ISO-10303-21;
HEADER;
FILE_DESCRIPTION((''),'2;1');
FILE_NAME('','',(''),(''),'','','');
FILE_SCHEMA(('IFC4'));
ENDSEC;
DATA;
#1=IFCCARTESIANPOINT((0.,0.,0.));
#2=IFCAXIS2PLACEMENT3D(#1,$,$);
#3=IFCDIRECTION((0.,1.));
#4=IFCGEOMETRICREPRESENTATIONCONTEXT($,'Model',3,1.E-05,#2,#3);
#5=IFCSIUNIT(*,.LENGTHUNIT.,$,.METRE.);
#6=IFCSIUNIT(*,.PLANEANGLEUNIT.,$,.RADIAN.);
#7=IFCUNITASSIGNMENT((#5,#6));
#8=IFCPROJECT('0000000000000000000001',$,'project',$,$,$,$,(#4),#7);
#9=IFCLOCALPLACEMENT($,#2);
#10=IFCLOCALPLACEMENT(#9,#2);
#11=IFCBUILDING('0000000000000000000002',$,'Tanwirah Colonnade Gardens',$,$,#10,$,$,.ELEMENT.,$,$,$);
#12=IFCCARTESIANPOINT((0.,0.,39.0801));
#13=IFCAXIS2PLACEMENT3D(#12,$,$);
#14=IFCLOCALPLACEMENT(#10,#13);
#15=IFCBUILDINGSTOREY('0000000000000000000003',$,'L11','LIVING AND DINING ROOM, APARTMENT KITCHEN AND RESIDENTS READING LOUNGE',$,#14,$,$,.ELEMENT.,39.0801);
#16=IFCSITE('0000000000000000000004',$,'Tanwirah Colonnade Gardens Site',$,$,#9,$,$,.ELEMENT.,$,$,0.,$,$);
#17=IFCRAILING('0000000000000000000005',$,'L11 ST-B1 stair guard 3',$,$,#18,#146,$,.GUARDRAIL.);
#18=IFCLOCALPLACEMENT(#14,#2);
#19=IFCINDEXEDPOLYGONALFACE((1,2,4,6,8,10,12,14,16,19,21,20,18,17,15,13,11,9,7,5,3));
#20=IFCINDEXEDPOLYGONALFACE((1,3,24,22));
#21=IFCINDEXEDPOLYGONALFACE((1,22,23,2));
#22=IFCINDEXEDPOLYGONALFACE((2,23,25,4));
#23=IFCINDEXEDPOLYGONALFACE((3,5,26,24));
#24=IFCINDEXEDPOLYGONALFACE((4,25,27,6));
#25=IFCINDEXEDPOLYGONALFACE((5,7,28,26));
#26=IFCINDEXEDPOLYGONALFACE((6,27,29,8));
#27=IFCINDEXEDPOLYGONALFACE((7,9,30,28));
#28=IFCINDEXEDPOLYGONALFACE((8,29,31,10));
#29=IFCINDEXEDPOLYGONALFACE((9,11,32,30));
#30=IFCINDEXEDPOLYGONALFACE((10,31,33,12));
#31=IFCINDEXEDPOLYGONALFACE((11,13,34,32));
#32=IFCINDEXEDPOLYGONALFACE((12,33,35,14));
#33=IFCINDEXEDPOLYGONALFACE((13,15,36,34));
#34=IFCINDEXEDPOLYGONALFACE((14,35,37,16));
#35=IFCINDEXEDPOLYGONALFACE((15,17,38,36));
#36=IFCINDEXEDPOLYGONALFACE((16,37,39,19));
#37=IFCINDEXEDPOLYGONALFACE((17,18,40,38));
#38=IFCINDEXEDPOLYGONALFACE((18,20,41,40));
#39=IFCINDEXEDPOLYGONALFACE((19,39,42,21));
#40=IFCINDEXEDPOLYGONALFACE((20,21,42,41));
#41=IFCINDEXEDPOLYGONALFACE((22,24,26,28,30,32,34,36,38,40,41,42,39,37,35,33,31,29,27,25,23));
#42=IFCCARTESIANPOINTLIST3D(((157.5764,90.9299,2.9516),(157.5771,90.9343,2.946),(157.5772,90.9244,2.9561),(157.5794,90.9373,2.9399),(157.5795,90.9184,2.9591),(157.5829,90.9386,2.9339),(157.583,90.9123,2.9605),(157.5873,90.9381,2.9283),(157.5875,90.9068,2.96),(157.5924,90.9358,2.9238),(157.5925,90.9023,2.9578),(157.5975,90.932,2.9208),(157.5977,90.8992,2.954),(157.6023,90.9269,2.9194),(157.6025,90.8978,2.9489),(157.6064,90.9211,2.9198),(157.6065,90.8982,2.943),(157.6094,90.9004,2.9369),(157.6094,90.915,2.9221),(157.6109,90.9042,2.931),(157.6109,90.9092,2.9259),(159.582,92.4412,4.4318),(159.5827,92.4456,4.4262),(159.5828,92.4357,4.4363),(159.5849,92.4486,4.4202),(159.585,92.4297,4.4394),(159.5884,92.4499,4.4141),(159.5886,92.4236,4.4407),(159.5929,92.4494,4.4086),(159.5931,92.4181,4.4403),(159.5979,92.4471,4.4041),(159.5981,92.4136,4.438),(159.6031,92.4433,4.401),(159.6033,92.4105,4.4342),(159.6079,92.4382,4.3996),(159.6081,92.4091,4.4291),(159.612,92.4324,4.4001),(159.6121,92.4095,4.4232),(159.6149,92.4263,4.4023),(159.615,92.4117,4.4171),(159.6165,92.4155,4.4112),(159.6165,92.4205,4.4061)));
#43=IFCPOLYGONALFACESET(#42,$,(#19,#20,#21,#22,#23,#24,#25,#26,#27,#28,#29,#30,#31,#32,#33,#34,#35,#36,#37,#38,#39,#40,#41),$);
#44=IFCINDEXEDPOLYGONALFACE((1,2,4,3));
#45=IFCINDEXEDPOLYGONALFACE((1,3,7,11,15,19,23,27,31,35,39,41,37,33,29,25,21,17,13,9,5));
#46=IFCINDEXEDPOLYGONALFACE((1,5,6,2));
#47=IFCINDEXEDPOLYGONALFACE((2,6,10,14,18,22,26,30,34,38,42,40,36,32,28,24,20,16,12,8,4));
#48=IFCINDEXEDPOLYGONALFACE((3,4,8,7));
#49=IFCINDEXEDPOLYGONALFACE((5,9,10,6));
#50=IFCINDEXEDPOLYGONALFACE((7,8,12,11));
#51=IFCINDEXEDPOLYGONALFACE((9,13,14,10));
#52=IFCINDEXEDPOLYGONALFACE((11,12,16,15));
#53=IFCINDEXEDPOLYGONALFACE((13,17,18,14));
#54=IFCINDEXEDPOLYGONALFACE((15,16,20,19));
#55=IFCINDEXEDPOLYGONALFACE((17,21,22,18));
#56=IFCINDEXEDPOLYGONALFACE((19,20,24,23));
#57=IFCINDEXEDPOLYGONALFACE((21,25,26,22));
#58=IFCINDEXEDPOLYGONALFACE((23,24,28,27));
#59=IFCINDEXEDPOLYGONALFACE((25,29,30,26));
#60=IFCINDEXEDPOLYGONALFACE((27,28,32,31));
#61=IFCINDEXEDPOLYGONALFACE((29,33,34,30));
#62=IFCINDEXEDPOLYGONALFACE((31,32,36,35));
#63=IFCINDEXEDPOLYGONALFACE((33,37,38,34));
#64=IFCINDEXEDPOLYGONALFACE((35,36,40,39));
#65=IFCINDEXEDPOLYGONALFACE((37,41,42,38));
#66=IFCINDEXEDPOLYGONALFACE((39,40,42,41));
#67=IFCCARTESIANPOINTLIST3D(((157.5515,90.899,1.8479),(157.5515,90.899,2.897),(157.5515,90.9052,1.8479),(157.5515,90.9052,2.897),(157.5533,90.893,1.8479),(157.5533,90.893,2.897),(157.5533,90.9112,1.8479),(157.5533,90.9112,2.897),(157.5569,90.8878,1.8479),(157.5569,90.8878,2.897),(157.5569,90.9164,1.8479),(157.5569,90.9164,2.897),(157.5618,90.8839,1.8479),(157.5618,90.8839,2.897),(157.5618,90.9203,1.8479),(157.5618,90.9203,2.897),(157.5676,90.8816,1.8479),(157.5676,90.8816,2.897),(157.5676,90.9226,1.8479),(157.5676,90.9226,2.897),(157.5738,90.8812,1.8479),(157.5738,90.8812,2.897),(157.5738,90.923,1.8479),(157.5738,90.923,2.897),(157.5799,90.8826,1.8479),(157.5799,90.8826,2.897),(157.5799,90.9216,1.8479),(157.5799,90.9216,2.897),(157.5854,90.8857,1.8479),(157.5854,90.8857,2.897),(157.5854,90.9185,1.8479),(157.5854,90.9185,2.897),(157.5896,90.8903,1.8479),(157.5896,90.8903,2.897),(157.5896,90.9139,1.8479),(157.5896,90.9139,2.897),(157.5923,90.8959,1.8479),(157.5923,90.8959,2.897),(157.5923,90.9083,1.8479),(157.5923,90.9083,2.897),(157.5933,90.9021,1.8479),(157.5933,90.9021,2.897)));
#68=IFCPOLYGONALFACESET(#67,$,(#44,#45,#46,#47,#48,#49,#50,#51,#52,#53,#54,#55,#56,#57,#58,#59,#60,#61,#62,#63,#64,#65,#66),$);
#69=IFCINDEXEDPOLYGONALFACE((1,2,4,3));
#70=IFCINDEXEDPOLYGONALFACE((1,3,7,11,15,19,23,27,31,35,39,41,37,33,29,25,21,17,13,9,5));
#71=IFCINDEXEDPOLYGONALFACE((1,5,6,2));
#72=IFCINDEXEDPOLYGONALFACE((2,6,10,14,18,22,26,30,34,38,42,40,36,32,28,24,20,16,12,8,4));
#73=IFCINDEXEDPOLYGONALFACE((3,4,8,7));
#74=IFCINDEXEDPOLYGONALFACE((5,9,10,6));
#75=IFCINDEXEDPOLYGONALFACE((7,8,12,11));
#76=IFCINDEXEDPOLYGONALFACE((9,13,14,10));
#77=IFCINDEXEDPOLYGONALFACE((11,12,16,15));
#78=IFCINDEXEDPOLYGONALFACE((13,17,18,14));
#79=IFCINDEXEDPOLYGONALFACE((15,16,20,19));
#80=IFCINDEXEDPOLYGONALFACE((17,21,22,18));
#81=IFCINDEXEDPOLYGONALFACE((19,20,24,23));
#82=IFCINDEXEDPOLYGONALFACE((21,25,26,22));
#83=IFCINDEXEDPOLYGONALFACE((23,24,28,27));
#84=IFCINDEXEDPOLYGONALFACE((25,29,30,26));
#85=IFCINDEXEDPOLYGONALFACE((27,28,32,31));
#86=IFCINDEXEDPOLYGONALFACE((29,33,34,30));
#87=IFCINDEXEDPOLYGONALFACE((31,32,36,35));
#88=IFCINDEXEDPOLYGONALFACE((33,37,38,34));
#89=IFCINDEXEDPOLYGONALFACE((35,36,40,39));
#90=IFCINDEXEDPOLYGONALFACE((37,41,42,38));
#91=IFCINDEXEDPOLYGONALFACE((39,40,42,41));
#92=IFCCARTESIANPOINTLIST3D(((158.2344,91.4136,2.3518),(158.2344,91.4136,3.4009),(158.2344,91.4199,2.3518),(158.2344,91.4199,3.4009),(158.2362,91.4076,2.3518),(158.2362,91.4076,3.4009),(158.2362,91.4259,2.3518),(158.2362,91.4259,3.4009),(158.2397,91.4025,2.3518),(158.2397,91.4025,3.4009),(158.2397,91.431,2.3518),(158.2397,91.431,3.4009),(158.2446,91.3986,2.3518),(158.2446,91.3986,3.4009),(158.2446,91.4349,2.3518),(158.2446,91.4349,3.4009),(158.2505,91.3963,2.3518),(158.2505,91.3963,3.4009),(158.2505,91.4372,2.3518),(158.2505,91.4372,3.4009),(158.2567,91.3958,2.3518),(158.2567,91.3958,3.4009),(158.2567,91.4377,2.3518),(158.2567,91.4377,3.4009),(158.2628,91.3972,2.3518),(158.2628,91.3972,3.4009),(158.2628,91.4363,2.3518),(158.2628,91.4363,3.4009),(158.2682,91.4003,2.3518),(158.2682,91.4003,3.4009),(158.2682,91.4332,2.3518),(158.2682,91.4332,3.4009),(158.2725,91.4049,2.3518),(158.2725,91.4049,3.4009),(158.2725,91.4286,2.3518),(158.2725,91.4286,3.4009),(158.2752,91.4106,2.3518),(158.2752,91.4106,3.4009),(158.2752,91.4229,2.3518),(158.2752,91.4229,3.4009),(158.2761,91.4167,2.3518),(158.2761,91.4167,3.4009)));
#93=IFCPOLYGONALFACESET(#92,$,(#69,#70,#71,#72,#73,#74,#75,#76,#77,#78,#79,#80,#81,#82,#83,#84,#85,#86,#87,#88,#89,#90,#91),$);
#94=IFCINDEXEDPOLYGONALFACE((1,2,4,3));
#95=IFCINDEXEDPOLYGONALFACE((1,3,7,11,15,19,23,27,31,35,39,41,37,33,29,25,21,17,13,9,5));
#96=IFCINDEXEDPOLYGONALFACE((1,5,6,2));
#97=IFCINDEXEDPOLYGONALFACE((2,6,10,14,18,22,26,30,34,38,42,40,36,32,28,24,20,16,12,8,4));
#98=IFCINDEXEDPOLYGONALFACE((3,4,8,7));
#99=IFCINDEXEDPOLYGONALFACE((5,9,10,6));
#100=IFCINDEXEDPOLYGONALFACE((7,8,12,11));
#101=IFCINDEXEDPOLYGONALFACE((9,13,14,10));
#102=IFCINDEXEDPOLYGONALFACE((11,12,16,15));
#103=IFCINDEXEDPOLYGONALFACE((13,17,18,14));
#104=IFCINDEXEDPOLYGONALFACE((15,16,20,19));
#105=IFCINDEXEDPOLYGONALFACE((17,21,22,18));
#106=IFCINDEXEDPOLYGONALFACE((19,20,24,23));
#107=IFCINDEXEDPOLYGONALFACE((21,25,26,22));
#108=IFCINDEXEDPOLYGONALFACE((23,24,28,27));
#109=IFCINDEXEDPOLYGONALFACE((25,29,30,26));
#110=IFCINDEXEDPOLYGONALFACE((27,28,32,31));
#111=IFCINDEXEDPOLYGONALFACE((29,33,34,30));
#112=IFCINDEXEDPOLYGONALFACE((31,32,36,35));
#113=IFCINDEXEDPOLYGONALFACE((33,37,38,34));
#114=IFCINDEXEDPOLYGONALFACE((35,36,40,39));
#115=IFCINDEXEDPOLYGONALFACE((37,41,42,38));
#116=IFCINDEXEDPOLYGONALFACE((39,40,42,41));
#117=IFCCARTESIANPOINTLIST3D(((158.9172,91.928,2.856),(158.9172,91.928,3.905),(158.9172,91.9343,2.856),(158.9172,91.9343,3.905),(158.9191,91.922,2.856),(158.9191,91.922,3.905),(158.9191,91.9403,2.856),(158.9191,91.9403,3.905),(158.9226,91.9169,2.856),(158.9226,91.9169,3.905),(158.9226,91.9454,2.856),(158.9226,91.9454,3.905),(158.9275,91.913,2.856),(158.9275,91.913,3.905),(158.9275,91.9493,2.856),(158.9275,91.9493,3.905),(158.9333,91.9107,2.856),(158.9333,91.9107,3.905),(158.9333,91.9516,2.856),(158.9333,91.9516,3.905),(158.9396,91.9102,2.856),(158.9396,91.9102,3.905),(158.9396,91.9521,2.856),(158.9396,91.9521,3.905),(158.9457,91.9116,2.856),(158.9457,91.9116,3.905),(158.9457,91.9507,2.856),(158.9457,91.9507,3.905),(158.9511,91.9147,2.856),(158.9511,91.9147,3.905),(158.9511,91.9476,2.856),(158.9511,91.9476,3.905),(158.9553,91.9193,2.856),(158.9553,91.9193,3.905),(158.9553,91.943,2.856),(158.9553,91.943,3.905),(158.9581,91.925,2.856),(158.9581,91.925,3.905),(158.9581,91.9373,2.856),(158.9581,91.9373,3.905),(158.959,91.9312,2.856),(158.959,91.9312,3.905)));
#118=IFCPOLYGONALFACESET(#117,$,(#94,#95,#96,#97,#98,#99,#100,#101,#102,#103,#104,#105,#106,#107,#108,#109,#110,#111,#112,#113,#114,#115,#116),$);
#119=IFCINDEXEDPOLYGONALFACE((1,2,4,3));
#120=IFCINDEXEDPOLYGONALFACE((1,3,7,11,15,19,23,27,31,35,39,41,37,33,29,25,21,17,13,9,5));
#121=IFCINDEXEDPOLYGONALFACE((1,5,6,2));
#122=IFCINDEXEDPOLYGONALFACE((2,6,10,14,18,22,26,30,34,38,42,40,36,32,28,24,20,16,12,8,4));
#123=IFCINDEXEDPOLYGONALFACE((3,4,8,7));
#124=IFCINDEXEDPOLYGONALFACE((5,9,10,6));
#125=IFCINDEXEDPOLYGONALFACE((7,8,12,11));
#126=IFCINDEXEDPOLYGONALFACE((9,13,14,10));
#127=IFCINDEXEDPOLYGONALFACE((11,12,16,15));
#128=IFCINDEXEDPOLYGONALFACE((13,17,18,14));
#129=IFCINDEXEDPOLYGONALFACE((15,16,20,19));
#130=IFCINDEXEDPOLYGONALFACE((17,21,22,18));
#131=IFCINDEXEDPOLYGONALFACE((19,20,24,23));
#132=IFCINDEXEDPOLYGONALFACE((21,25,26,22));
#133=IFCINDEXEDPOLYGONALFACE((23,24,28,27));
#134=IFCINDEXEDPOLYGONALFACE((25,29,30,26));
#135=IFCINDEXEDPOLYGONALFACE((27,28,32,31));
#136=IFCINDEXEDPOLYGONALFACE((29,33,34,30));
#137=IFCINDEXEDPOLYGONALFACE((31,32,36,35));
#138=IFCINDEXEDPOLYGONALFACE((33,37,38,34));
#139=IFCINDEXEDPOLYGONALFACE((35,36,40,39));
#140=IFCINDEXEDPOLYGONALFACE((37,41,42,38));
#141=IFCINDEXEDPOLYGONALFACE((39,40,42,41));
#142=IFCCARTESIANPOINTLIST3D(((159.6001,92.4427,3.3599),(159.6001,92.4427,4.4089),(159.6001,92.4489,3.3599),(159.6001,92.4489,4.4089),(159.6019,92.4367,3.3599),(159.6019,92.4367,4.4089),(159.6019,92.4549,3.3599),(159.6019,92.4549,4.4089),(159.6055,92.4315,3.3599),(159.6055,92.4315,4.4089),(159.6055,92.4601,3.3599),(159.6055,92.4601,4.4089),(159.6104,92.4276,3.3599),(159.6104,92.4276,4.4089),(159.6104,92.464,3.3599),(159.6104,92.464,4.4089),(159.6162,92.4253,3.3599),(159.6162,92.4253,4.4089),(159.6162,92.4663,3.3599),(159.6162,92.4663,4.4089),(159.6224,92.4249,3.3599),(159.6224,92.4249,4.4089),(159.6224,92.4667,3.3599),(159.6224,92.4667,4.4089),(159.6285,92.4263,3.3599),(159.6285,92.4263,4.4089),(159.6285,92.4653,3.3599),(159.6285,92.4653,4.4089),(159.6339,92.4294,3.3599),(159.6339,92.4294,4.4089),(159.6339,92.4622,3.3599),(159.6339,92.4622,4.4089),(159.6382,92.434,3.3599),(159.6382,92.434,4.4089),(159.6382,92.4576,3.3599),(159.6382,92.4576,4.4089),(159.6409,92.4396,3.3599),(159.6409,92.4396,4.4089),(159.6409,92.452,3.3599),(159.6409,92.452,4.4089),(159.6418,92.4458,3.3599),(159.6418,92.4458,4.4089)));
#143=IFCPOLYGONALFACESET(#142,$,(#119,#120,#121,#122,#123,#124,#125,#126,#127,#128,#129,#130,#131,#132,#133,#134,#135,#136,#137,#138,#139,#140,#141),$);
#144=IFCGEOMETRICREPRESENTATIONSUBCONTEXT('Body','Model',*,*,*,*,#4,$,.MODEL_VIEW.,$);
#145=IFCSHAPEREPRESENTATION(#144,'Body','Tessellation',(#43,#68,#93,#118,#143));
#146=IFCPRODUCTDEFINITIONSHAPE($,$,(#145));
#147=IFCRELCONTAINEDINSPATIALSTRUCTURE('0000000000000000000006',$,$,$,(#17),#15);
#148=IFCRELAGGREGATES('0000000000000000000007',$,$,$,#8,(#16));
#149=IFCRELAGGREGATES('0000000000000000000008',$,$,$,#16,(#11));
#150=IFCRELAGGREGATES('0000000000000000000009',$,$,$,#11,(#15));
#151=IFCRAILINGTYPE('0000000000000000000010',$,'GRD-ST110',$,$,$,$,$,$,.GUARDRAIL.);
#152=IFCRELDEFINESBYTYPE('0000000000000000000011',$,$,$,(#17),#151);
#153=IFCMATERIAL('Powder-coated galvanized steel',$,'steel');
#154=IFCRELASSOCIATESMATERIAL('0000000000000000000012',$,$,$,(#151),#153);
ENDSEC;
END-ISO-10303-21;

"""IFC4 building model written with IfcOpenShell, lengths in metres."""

from ifc_helpers import new_model, si_unit, direction, frame, origin, origin_2d, place, context, subcontext, project, spatial, circle, extrude, material, type_object, element, save


model = new_model("IFC4")

# Units and contexts
model_context = context("Model", 3, precision=1e-05, world=origin(), true_north=direction((0.0, 1.0)))
body_context = subcontext(model_context, "Body", "Model", "MODEL_VIEW")
ifc_project = project(units=[si_unit("LENGTHUNIT", "METRE"), si_unit("PLANEANGLEUNIT", "RADIAN")], contexts=[model_context])

# Site, building, storey
site_placement = place(None, origin())
site = spatial("IfcSite", under=ifc_project, at=site_placement, Name="Tanwirah Colonnade Gardens Site", CompositionType="ELEMENT", RefElevation=0.0)
building_placement = place(site_placement, origin())
building = spatial("IfcBuilding", under=site, at=building_placement, Name="Tanwirah Colonnade Gardens", CompositionType="ELEMENT")
storey_placement = place(building_placement, frame((0.0, 0.0, 39.0801)))
storey = spatial("IfcBuildingStorey", under=building, at=storey_placement, Name="L11", Description="LIVING AND DINING ROOM, APARTMENT KITCHEN AND RESIDENTS READING LOUNGE", CompositionType="ELEMENT", Elevation=39.0801)

# Railing
ifc_material_1 = material(Name="Powder-coated galvanized steel", Category="steel")
railing_type_1 = type_object("IfcRailingType", Name="GRD-ST110", PredefinedType="GUARDRAIL", material=ifc_material_1)
railing_1_placement = place(storey_placement, frame((157.5723, 90.9021, 1.8479)))
element("IfcRailing", 1, at=railing_1_placement, inside=storey, type_object=railing_type_1, Name="L11 ST-B1 stair guard 3", PredefinedType="GUARDRAIL", context=body_context, shape_type="SweptSolid", body=[
    extrude(circle(Radius=0.0239, at=origin_2d()), frame((0.0215, 0.0161, 1.092), z_axis=(0.688012, 0.518449, 0.507789), x_axis=(-0.601811, 0.798639, 0.0)), (0.0, 0.0, 1.0), 2.915),
    extrude(circle(Radius=0.021, at=origin_2d()), origin(), (0.0, 0.0, 1.0), 1.0491),
    extrude(circle(Radius=0.021, at=origin_2d()), frame((0.6829, 0.5146, 0.5039)), (0.0, 0.0, 1.0), 1.0491),
    extrude(circle(Radius=0.021, at=origin_2d()), frame((1.3657, 1.0291, 1.0081)), (0.0, 0.0, 1.0), 1.0491),
    extrude(circle(Radius=0.021, at=origin_2d()), frame((2.0486, 1.5437, 1.512)), (0.0, 0.0, 1.0), 1.0491),
])

save(model, "model.ifc")
